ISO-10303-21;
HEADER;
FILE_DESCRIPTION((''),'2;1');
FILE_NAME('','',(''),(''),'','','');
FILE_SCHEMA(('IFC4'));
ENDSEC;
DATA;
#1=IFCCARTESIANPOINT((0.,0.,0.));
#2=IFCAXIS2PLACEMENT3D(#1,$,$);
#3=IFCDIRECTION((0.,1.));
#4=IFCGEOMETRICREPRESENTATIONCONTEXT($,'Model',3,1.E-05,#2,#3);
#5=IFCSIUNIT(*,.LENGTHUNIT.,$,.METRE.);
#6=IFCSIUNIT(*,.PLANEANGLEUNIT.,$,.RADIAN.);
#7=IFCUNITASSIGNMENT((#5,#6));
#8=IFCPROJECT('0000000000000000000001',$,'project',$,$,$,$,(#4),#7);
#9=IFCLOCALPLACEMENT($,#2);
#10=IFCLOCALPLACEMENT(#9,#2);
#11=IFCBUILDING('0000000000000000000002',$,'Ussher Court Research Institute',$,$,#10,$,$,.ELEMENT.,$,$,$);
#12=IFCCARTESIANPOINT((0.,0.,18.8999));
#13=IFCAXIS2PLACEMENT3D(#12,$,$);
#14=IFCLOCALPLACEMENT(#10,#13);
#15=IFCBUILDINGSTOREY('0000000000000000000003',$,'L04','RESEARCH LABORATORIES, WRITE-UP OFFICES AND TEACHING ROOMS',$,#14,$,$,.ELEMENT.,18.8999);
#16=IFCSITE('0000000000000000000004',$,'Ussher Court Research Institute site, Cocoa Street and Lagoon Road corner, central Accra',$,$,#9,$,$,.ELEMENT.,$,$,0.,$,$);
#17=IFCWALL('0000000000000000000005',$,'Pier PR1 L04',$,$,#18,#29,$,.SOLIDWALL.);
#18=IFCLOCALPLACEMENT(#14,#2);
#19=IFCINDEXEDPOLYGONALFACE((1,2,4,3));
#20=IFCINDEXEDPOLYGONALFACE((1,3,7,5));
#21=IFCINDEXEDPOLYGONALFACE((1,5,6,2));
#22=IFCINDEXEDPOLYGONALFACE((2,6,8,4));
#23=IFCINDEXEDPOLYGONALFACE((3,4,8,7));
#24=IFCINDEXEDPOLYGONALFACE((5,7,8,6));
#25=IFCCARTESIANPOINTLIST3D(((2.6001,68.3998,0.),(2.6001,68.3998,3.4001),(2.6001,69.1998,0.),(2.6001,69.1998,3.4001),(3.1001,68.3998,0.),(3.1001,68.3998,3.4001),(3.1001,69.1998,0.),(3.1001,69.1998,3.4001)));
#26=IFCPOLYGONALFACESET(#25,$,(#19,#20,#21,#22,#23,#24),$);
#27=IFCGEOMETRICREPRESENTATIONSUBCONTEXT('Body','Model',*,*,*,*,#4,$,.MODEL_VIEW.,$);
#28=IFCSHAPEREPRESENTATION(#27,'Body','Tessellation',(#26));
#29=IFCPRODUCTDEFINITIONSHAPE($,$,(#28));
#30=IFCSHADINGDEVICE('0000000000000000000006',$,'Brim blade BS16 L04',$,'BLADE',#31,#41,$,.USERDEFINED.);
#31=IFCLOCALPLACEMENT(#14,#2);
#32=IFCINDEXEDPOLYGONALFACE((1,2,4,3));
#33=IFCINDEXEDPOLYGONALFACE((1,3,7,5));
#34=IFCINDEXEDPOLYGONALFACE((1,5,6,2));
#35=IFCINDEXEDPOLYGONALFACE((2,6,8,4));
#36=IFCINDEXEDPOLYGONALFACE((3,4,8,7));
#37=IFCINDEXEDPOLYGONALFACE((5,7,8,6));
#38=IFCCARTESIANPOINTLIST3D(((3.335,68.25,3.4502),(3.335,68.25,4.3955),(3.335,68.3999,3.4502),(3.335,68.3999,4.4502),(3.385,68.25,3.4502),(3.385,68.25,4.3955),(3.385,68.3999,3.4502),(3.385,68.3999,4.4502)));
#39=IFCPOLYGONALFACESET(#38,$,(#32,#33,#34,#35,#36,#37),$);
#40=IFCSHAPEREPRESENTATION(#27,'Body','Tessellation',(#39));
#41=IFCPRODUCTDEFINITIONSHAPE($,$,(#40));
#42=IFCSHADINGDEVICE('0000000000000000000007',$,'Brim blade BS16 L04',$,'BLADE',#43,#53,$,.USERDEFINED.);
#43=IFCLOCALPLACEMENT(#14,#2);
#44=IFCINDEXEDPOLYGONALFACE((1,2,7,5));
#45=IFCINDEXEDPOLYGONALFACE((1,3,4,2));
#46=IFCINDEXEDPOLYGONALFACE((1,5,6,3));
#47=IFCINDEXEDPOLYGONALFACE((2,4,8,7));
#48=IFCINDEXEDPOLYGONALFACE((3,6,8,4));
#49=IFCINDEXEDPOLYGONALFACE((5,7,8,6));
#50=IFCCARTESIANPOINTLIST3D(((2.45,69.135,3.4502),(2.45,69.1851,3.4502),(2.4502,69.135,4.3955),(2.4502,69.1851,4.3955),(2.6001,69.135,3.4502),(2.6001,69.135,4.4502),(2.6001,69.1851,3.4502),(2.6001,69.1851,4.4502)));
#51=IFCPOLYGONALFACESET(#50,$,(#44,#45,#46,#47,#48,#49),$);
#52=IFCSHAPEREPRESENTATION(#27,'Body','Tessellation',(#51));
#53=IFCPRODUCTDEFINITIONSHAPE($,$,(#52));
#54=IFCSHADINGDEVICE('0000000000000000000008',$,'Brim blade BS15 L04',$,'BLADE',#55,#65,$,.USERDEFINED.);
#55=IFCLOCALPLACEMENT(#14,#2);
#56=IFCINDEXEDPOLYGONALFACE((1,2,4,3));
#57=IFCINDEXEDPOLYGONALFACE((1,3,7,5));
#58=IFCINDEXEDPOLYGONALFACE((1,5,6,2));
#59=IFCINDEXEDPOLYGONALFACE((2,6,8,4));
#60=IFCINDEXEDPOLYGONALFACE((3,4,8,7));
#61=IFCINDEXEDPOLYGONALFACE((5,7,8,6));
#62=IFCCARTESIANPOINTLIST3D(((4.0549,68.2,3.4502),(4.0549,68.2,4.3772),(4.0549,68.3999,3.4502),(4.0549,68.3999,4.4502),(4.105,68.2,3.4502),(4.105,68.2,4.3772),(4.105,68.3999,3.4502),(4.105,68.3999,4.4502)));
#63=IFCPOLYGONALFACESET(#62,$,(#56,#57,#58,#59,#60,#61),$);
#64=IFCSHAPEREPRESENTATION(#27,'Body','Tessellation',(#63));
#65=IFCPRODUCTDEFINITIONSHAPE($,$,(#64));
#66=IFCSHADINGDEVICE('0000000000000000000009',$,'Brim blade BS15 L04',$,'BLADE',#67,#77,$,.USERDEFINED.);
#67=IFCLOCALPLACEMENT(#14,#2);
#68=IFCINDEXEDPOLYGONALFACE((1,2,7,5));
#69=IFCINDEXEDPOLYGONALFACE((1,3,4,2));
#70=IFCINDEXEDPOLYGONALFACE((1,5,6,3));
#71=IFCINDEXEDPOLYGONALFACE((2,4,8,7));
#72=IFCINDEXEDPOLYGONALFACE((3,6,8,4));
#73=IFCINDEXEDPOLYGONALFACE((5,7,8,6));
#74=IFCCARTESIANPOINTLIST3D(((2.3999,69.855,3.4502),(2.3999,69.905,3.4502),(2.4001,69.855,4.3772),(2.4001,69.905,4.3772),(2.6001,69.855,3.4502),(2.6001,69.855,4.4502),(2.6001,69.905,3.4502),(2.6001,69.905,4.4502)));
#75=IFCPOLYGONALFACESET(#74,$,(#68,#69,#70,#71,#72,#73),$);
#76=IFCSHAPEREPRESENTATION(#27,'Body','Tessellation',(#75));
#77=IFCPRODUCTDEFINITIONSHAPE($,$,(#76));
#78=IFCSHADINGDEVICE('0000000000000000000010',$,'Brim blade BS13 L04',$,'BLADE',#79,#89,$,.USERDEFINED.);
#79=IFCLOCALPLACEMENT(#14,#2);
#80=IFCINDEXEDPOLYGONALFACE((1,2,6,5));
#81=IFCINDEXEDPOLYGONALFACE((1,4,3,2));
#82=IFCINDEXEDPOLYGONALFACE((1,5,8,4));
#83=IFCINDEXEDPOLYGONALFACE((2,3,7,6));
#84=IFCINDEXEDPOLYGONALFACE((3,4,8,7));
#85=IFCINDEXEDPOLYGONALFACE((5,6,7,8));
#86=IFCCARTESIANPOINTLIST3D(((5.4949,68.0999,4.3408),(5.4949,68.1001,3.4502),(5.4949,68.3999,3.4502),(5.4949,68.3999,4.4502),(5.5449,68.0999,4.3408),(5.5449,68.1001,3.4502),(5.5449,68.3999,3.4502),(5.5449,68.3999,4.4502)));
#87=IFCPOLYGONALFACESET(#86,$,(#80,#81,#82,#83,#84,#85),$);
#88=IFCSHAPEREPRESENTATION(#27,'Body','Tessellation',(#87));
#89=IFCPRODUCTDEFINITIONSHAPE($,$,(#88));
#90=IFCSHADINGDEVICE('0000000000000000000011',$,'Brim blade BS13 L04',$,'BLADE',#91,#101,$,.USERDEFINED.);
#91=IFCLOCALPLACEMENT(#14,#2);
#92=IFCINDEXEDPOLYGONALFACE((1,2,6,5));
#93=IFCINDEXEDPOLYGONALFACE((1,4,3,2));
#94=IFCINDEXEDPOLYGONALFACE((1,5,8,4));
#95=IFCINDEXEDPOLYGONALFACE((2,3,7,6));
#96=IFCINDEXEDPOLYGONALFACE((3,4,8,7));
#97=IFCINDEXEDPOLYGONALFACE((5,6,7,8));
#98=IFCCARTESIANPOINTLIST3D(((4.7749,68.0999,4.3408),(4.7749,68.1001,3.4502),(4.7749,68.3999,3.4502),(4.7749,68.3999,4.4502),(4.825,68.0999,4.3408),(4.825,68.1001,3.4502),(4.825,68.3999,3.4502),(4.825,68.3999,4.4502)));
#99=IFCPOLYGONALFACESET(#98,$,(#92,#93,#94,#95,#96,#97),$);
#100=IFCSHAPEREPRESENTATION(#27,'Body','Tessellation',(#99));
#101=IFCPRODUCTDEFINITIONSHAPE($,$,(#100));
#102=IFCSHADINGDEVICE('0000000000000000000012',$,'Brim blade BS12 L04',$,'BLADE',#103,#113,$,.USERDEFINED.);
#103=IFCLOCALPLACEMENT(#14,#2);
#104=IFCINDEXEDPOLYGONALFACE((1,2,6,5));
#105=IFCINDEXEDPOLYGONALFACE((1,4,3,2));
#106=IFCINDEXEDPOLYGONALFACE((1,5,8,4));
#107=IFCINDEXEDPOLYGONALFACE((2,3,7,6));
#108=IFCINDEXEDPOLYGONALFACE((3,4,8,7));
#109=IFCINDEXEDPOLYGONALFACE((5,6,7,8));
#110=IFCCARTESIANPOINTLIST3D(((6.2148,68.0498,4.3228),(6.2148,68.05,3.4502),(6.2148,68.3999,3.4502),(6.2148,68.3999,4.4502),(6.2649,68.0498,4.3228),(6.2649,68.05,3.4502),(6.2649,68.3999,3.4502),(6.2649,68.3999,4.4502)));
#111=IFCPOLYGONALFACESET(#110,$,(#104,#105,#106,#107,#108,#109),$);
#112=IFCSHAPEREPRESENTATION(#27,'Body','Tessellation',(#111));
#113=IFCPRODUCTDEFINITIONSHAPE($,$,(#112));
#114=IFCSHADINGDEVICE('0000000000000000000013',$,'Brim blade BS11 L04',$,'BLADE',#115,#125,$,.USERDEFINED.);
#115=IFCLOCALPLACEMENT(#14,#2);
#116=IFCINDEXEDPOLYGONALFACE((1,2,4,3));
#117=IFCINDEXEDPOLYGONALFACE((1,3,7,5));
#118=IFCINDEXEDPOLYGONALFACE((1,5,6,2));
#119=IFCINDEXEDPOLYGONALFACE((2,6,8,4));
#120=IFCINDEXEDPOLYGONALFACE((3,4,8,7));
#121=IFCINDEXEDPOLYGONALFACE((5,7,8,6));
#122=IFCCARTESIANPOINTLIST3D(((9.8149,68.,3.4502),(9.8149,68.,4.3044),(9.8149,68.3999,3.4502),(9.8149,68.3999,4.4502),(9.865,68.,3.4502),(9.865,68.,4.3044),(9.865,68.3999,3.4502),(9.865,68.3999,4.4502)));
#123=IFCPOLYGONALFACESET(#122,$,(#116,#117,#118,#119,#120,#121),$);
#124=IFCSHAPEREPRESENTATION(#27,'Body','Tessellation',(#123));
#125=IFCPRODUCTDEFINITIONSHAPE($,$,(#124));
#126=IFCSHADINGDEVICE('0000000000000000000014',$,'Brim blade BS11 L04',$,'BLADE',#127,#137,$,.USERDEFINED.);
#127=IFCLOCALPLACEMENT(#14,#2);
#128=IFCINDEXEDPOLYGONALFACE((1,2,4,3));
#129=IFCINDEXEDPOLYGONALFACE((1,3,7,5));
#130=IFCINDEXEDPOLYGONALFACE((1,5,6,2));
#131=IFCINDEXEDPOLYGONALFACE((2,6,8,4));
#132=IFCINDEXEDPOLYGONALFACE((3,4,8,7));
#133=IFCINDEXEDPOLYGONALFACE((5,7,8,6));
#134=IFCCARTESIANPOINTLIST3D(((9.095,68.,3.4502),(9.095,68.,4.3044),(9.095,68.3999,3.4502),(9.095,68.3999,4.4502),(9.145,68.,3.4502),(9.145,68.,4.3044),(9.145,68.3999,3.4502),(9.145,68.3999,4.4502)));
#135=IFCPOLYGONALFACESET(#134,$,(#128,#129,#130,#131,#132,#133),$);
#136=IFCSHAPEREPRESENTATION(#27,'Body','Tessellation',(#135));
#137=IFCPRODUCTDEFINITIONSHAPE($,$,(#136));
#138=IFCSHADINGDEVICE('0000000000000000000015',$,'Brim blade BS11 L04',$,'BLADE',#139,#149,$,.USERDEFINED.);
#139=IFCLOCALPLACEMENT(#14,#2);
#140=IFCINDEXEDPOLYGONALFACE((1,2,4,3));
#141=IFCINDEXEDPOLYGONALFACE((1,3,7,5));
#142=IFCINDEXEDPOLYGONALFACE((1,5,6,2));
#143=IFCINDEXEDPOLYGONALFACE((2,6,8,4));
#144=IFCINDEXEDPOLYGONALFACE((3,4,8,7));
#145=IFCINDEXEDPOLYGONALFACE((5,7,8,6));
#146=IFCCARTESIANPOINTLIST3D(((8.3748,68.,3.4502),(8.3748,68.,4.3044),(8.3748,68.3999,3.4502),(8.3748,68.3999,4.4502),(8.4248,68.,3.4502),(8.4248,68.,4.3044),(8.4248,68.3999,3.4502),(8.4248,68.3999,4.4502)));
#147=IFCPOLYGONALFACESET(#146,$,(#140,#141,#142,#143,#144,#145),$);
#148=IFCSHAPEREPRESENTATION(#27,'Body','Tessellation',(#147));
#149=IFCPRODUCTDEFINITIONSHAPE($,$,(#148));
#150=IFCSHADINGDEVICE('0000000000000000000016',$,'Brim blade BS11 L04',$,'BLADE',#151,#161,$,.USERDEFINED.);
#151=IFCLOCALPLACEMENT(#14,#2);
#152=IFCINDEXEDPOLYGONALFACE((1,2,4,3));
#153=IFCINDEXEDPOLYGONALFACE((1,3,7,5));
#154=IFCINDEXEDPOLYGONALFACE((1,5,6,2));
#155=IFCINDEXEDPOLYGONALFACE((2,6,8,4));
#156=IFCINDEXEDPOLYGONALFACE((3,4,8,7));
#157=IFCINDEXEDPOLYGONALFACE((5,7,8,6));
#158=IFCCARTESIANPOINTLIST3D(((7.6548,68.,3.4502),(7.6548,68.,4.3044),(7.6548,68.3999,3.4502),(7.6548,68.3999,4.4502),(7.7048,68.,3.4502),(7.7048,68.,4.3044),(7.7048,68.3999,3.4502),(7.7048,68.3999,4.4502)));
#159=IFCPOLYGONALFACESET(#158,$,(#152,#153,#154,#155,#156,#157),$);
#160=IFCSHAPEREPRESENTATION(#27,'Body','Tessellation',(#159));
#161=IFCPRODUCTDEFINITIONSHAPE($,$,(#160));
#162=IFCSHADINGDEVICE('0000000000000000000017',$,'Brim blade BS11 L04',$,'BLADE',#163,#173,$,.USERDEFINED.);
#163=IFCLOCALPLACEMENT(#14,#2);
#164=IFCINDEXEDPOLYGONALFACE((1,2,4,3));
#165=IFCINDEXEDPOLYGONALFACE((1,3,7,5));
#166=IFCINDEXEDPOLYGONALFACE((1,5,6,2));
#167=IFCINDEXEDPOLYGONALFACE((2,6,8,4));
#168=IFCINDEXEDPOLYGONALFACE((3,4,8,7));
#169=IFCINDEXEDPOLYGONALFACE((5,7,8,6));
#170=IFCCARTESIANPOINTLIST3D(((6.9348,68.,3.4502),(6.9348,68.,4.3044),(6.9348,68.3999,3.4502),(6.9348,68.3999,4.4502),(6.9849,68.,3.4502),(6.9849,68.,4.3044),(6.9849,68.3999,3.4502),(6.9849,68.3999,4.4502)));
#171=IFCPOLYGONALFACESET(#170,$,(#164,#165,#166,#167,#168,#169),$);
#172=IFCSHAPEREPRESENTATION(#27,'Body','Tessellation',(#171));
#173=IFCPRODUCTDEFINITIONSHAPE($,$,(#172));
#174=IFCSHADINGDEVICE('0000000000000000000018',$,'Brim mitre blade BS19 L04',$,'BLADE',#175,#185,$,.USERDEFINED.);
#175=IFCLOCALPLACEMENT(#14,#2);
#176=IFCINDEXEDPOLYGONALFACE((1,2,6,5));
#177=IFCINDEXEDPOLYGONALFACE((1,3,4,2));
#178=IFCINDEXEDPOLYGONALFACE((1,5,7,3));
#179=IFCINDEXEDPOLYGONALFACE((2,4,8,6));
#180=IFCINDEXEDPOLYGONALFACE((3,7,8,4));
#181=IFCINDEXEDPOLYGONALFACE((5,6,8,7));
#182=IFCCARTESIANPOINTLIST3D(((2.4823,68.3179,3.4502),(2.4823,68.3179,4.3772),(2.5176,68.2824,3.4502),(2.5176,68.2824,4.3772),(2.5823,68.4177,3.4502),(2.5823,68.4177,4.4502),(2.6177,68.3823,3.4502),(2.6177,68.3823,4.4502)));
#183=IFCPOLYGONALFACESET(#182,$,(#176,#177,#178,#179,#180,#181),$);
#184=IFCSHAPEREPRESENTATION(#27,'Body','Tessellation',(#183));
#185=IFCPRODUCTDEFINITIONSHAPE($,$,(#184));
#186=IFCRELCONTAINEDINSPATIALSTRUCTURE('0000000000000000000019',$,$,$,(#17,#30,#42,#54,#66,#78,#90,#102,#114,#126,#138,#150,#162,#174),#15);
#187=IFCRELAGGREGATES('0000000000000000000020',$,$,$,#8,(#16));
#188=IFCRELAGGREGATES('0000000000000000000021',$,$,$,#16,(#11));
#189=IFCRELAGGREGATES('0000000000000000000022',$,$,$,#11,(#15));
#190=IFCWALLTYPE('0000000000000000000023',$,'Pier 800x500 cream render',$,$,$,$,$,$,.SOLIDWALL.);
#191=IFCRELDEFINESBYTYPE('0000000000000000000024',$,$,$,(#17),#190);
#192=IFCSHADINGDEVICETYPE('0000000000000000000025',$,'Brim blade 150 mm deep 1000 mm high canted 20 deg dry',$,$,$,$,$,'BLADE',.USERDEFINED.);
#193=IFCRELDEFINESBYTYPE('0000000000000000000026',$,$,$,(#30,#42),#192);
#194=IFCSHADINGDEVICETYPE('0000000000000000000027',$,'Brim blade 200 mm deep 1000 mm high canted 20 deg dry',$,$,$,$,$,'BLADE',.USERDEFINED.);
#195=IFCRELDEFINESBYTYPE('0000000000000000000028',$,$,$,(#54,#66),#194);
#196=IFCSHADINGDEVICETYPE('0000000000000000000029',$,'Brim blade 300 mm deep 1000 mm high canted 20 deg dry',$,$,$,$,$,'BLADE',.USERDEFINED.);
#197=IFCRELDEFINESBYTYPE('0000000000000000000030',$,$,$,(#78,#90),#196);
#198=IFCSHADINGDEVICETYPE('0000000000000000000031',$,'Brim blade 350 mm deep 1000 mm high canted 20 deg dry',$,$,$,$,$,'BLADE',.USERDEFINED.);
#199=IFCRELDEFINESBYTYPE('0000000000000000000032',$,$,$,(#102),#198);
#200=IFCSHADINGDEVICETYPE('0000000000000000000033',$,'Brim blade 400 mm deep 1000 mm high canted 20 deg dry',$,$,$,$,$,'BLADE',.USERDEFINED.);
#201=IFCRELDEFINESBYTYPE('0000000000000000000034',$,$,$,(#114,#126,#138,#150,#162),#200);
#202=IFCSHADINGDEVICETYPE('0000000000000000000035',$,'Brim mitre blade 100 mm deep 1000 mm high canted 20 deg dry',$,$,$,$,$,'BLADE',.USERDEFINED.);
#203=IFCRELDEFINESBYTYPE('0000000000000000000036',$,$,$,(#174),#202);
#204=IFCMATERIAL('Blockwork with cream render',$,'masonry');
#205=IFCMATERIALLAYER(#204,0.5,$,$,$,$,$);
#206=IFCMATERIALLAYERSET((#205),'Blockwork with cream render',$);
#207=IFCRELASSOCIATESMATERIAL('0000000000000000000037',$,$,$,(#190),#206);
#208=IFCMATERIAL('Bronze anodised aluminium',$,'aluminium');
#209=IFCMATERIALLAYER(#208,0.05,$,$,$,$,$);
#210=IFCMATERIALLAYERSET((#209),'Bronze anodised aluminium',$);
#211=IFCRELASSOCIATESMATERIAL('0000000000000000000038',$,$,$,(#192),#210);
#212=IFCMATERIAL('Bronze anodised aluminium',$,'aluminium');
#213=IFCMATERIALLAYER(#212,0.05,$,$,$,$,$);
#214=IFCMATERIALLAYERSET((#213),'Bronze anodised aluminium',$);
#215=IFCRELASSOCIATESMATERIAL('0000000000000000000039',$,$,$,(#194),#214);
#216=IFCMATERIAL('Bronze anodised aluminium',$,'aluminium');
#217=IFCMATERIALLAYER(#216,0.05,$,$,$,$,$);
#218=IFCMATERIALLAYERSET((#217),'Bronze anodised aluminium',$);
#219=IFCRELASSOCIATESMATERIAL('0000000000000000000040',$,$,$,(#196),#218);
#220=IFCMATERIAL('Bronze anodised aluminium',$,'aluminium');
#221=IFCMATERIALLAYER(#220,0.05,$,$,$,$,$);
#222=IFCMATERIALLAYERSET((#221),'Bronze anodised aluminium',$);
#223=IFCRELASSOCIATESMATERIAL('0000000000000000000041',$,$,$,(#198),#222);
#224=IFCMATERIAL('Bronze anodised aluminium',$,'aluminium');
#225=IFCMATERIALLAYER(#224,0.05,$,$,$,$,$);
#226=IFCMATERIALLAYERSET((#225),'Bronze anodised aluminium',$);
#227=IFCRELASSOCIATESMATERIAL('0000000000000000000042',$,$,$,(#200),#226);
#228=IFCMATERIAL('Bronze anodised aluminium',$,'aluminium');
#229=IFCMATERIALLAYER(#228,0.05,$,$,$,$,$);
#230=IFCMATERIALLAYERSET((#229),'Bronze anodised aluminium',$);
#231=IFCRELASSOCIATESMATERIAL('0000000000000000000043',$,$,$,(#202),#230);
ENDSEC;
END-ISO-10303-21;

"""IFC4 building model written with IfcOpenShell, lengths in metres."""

from ifc_helpers import new_model, si_unit, direction, frame, frame_2d, origin, place, context, subcontext, project, spatial, polyline, rectangle, outline, extrude, material, layer, layer_set, type_object, element, save


model = new_model("IFC4")

# Units and contexts
model_context = context("Model", 3, precision=1e-05, world=origin(), true_north=direction((0.0, 1.0)))
body_context = subcontext(model_context, "Body", "Model", "MODEL_VIEW")
ifc_project = project(units=[si_unit("LENGTHUNIT", "METRE"), si_unit("PLANEANGLEUNIT", "RADIAN")], contexts=[model_context])

# Site, building, storey
site_placement = place(None, origin())
site = spatial("IfcSite", under=ifc_project, at=site_placement, Name="Ussher Court Research Institute site, Cocoa Street and Lagoon Road corner, central Accra", CompositionType="ELEMENT", RefElevation=0.0)
building_placement = place(site_placement, origin())
building = spatial("IfcBuilding", under=site, at=building_placement, Name="Ussher Court Research Institute", CompositionType="ELEMENT")
storey_placement = place(building_placement, frame((0.0, 0.0, 18.8999)))
storey = spatial("IfcBuildingStorey", under=building, at=storey_placement, Name="L04", Description="RESEARCH LABORATORIES, WRITE-UP OFFICES AND TEACHING ROOMS", CompositionType="ELEMENT", Elevation=18.8999)

# Wall
ifc_material_1 = material(Name="Blockwork with cream render", Category="masonry")
ifc_layer_1 = layer(ifc_material_1, 0.5)
ifc_layer_set_1 = layer_set([ifc_layer_1], Name="Blockwork with cream render")
wall_type_1 = type_object("IfcWallType", Name="Pier 800x500 cream render", PredefinedType="SOLIDWALL", material=ifc_layer_set_1)
for number, where, z_axis, x_axis, name in (
    (1, (2.8501, 68.3999, 0.0), (0.0, 0.0, 1.0), (0.0, 1.0, 0.0), "Pier PR1 L04"),
):
    element("IfcWall", number, at=place(storey_placement, frame(where, z_axis=z_axis, x_axis=x_axis)), inside=storey, type_object=wall_type_1, Name=name, PredefinedType="SOLIDWALL", context=body_context, shape_type="SweptSolid", body=[
        extrude(rectangle(XDim=0.8, YDim=0.5, at=frame_2d((0.3999, 0.0))), origin(), (0.0, 0.0, 1.0), 3.4001),
    ])

# Shading devices
ifc_material_2 = material(Name="Bronze anodised aluminium", Category="aluminium")
ifc_layer_2 = layer(ifc_material_2, 0.05)
ifc_layer_set_2 = layer_set([ifc_layer_2], Name="Bronze anodised aluminium")
shading_device_type_1 = type_object("IfcShadingDeviceType", Name="Brim blade 150 mm deep 1000 mm high canted 20 deg dry", ElementType="BLADE", PredefinedType="USERDEFINED", material=ifc_layer_set_2)
shading_device_1_placement = place(storey_placement, frame((3.3601, 68.3999, 3.4502), z_axis=(0.0, 0.0, 1.0), x_axis=(0.0, -1.0, 0.0)))
element("IfcShadingDevice", 2, at=shading_device_1_placement, inside=storey, type_object=shading_device_type_1, Name="Brim blade BS16 L04", ObjectType="BLADE", PredefinedType="USERDEFINED", context=body_context, shape_type="SweptSolid", body=[
    extrude(outline(polyline([(0.0, 0.0), (0.1499, 0.0), (0.1499, 0.9453), (0.0, 1.0), (0.0, 0.0)])), frame((0.0, 0.0249, 0.0), z_axis=(0.0, -1.0, 0.0), x_axis=(1.0, 0.0, 0.0)), (0.0, 0.0, 1.0), 0.05),
])
shading_device_2_placement = place(storey_placement, frame((2.6001, 69.1599, 3.4502), z_axis=(0.0, 0.0, 1.0), x_axis=(-1.0, 0.0, 0.0)))
element("IfcShadingDevice", 3, at=shading_device_2_placement, inside=storey, type_object=shading_device_type_1, Name="Brim blade BS16 L04", ObjectType="BLADE", PredefinedType="USERDEFINED", context=body_context, shape_type="SweptSolid", body=[
    extrude(outline(polyline([(0.0, 0.0), (0.1501, 0.0), (0.1499, 0.9453), (0.0, 1.0), (0.0, 0.0)])), frame((0.0, 0.0249, 0.0), z_axis=(0.0, -1.0, 0.0), x_axis=(1.0, 0.0, 0.0)), (0.0, 0.0, 1.0), 0.05),
])
ifc_material_3 = material(Name="Bronze anodised aluminium", Category="aluminium")
ifc_layer_3 = layer(ifc_material_3, 0.05)
ifc_layer_set_3 = layer_set([ifc_layer_3], Name="Bronze anodised aluminium")
shading_device_type_2 = type_object("IfcShadingDeviceType", Name="Brim blade 200 mm deep 1000 mm high canted 20 deg dry", ElementType="BLADE", PredefinedType="USERDEFINED", material=ifc_layer_set_3)
shading_device_3_placement = place(storey_placement, frame((4.0801, 68.3999, 3.4502), z_axis=(0.0, 0.0, 1.0), x_axis=(0.0, -1.0, 0.0)))
element("IfcShadingDevice", 4, at=shading_device_3_placement, inside=storey, type_object=shading_device_type_2, Name="Brim blade BS15 L04", ObjectType="BLADE", PredefinedType="USERDEFINED", context=body_context, shape_type="SweptSolid", body=[
    extrude(outline(polyline([(0.0, 0.0), (0.2, 0.0), (0.2, 0.927), (0.0, 1.0), (0.0, 0.0)])), frame((0.0, 0.0249, 0.0), z_axis=(0.0, -1.0, 0.0), x_axis=(1.0, 0.0, 0.0)), (0.0, 0.0, 1.0), 0.05),
])
shading_device_4_placement = place(storey_placement, frame((2.6001, 69.8799, 3.4502), z_axis=(0.0, 0.0, 1.0), x_axis=(-1.0, 0.0, 0.0)))
element("IfcShadingDevice", 5, at=shading_device_4_placement, inside=storey, type_object=shading_device_type_2, Name="Brim blade BS15 L04", ObjectType="BLADE", PredefinedType="USERDEFINED", context=body_context, shape_type="SweptSolid", body=[
    extrude(outline(polyline([(0.0, 0.0), (0.2002, 0.0), (0.2, 0.927), (0.0, 1.0), (0.0, 0.0)])), frame((0.0, 0.0249, 0.0), z_axis=(0.0, -1.0, 0.0), x_axis=(1.0, 0.0, 0.0)), (0.0, 0.0, 1.0), 0.05),
])
ifc_material_4 = material(Name="Bronze anodised aluminium", Category="aluminium")
ifc_layer_4 = layer(ifc_material_4, 0.05)
ifc_layer_set_4 = layer_set([ifc_layer_4], Name="Bronze anodised aluminium")
shading_device_type_3 = type_object("IfcShadingDeviceType", Name="Brim blade 300 mm deep 1000 mm high canted 20 deg dry", ElementType="BLADE", PredefinedType="USERDEFINED", material=ifc_layer_set_4)
for number, where, z_axis, x_axis, name in (
    (6, (5.52, 68.3999, 3.4502), (0.0, 0.0, 1.0), (0.0, -1.0, 0.0), "Brim blade BS13 L04"),
    (7, (4.8, 68.3999, 3.4502), (0.0, 0.0, 1.0), (0.0, -1.0, 0.0), "Brim blade BS13 L04"),
):
    element("IfcShadingDevice", number, at=place(storey_placement, frame(where, z_axis=z_axis, x_axis=x_axis)), inside=storey, type_object=shading_device_type_3, Name=name, ObjectType="BLADE", PredefinedType="USERDEFINED", context=body_context, shape_type="SweptSolid", body=[
        extrude(outline(polyline([(0.0, 0.0), (0.2998, 0.0), (0.3, 0.8906), (0.0, 1.0), (0.0, 0.0)])), frame((0.0, 0.0249, 0.0), z_axis=(0.0, -1.0, 0.0), x_axis=(1.0, 0.0, 0.0)), (0.0, 0.0, 1.0), 0.05),
    ])
ifc_material_5 = material(Name="Bronze anodised aluminium", Category="aluminium")
ifc_layer_5 = layer(ifc_material_5, 0.05)
ifc_layer_set_5 = layer_set([ifc_layer_5], Name="Bronze anodised aluminium")
shading_device_type_4 = type_object("IfcShadingDeviceType", Name="Brim blade 350 mm deep 1000 mm high canted 20 deg dry", ElementType="BLADE", PredefinedType="USERDEFINED", material=ifc_layer_set_5)
shading_device_5_placement = place(storey_placement, frame((6.24, 68.3999, 3.4502), z_axis=(0.0, 0.0, 1.0), x_axis=(0.0, -1.0, 0.0)))
element("IfcShadingDevice", 8, at=shading_device_5_placement, inside=storey, type_object=shading_device_type_4, Name="Brim blade BS12 L04", ObjectType="BLADE", PredefinedType="USERDEFINED", context=body_context, shape_type="SweptSolid", body=[
    extrude(outline(polyline([(0.0, 0.0), (0.3499, 0.0), (0.3501, 0.8726), (0.0, 1.0), (0.0, 0.0)])), frame((0.0, 0.0249, 0.0), z_axis=(0.0, -1.0, 0.0), x_axis=(1.0, 0.0, 0.0)), (0.0, 0.0, 1.0), 0.05),
])
ifc_material_6 = material(Name="Bronze anodised aluminium", Category="aluminium")
ifc_layer_6 = layer(ifc_material_6, 0.05)
ifc_layer_set_6 = layer_set([ifc_layer_6], Name="Bronze anodised aluminium")
shading_device_type_5 = type_object("IfcShadingDeviceType", Name="Brim blade 400 mm deep 1000 mm high canted 20 deg dry", ElementType="BLADE", PredefinedType="USERDEFINED", material=ifc_layer_set_6)
for number, where, z_axis, x_axis, name in (
    (9, (9.8401, 68.3999, 3.4502), (0.0, 0.0, 1.0), (0.0, -1.0, 0.0), "Brim blade BS11 L04"),
    (10, (9.1201, 68.3999, 3.4502), (0.0, 0.0, 1.0), (0.0, -1.0, 0.0), "Brim blade BS11 L04"),
    (11, (8.3999, 68.3999, 3.4502), (0.0, 0.0, 1.0), (0.0, -1.0, 0.0), "Brim blade BS11 L04"),
    (12, (7.6799, 68.3999, 3.4502), (0.0, 0.0, 1.0), (0.0, -1.0, 0.0), "Brim blade BS11 L04"),
    (13, (6.96, 68.3999, 3.4502), (0.0, 0.0, 1.0), (0.0, -1.0, 0.0), "Brim blade BS11 L04"),
):
    element("IfcShadingDevice", number, at=place(storey_placement, frame(where, z_axis=z_axis, x_axis=x_axis)), inside=storey, type_object=shading_device_type_5, Name=name, ObjectType="BLADE", PredefinedType="USERDEFINED", context=body_context, shape_type="SweptSolid", body=[
        extrude(outline(polyline([(0.0, 0.0), (0.3999, 0.0), (0.3999, 0.8542), (0.0, 1.0), (0.0, 0.0)])), frame((0.0, 0.0249, 0.0), z_axis=(0.0, -1.0, 0.0), x_axis=(1.0, 0.0, 0.0)), (0.0, 0.0, 1.0), 0.05),
    ])
ifc_material_7 = material(Name="Bronze anodised aluminium", Category="aluminium")
ifc_layer_7 = layer(ifc_material_7, 0.05)
ifc_layer_set_7 = layer_set([ifc_layer_7], Name="Bronze anodised aluminium")
shading_device_type_6 = type_object("IfcShadingDeviceType", Name="Brim mitre blade 100 mm deep 1000 mm high canted 20 deg dry", ElementType="BLADE", PredefinedType="USERDEFINED", material=ifc_layer_set_7)
shading_device_6_placement = place(storey_placement, frame((2.6001, 68.3999, 3.4502), z_axis=(0.0, 0.0, 1.0), x_axis=(-0.70797, -0.706243, 0.0)))
element("IfcShadingDevice", 14, at=shading_device_6_placement, inside=storey, type_object=shading_device_type_6, Name="Brim mitre blade BS19 L04", ObjectType="BLADE", PredefinedType="USERDEFINED", context=body_context, shape_type="SweptSolid", body=[
    extrude(outline(polyline([(0.0, 0.0), (0.1414, 0.0), (0.1414, 0.927), (0.0, 1.0), (0.0, 0.0)])), frame((0.0, 0.0249, 0.0), z_axis=(0.0, -1.0, 0.0), x_axis=(1.0, 0.0, 0.0)), (0.0, 0.0, 1.0), 0.05),
])

save(model, "model.ifc")
